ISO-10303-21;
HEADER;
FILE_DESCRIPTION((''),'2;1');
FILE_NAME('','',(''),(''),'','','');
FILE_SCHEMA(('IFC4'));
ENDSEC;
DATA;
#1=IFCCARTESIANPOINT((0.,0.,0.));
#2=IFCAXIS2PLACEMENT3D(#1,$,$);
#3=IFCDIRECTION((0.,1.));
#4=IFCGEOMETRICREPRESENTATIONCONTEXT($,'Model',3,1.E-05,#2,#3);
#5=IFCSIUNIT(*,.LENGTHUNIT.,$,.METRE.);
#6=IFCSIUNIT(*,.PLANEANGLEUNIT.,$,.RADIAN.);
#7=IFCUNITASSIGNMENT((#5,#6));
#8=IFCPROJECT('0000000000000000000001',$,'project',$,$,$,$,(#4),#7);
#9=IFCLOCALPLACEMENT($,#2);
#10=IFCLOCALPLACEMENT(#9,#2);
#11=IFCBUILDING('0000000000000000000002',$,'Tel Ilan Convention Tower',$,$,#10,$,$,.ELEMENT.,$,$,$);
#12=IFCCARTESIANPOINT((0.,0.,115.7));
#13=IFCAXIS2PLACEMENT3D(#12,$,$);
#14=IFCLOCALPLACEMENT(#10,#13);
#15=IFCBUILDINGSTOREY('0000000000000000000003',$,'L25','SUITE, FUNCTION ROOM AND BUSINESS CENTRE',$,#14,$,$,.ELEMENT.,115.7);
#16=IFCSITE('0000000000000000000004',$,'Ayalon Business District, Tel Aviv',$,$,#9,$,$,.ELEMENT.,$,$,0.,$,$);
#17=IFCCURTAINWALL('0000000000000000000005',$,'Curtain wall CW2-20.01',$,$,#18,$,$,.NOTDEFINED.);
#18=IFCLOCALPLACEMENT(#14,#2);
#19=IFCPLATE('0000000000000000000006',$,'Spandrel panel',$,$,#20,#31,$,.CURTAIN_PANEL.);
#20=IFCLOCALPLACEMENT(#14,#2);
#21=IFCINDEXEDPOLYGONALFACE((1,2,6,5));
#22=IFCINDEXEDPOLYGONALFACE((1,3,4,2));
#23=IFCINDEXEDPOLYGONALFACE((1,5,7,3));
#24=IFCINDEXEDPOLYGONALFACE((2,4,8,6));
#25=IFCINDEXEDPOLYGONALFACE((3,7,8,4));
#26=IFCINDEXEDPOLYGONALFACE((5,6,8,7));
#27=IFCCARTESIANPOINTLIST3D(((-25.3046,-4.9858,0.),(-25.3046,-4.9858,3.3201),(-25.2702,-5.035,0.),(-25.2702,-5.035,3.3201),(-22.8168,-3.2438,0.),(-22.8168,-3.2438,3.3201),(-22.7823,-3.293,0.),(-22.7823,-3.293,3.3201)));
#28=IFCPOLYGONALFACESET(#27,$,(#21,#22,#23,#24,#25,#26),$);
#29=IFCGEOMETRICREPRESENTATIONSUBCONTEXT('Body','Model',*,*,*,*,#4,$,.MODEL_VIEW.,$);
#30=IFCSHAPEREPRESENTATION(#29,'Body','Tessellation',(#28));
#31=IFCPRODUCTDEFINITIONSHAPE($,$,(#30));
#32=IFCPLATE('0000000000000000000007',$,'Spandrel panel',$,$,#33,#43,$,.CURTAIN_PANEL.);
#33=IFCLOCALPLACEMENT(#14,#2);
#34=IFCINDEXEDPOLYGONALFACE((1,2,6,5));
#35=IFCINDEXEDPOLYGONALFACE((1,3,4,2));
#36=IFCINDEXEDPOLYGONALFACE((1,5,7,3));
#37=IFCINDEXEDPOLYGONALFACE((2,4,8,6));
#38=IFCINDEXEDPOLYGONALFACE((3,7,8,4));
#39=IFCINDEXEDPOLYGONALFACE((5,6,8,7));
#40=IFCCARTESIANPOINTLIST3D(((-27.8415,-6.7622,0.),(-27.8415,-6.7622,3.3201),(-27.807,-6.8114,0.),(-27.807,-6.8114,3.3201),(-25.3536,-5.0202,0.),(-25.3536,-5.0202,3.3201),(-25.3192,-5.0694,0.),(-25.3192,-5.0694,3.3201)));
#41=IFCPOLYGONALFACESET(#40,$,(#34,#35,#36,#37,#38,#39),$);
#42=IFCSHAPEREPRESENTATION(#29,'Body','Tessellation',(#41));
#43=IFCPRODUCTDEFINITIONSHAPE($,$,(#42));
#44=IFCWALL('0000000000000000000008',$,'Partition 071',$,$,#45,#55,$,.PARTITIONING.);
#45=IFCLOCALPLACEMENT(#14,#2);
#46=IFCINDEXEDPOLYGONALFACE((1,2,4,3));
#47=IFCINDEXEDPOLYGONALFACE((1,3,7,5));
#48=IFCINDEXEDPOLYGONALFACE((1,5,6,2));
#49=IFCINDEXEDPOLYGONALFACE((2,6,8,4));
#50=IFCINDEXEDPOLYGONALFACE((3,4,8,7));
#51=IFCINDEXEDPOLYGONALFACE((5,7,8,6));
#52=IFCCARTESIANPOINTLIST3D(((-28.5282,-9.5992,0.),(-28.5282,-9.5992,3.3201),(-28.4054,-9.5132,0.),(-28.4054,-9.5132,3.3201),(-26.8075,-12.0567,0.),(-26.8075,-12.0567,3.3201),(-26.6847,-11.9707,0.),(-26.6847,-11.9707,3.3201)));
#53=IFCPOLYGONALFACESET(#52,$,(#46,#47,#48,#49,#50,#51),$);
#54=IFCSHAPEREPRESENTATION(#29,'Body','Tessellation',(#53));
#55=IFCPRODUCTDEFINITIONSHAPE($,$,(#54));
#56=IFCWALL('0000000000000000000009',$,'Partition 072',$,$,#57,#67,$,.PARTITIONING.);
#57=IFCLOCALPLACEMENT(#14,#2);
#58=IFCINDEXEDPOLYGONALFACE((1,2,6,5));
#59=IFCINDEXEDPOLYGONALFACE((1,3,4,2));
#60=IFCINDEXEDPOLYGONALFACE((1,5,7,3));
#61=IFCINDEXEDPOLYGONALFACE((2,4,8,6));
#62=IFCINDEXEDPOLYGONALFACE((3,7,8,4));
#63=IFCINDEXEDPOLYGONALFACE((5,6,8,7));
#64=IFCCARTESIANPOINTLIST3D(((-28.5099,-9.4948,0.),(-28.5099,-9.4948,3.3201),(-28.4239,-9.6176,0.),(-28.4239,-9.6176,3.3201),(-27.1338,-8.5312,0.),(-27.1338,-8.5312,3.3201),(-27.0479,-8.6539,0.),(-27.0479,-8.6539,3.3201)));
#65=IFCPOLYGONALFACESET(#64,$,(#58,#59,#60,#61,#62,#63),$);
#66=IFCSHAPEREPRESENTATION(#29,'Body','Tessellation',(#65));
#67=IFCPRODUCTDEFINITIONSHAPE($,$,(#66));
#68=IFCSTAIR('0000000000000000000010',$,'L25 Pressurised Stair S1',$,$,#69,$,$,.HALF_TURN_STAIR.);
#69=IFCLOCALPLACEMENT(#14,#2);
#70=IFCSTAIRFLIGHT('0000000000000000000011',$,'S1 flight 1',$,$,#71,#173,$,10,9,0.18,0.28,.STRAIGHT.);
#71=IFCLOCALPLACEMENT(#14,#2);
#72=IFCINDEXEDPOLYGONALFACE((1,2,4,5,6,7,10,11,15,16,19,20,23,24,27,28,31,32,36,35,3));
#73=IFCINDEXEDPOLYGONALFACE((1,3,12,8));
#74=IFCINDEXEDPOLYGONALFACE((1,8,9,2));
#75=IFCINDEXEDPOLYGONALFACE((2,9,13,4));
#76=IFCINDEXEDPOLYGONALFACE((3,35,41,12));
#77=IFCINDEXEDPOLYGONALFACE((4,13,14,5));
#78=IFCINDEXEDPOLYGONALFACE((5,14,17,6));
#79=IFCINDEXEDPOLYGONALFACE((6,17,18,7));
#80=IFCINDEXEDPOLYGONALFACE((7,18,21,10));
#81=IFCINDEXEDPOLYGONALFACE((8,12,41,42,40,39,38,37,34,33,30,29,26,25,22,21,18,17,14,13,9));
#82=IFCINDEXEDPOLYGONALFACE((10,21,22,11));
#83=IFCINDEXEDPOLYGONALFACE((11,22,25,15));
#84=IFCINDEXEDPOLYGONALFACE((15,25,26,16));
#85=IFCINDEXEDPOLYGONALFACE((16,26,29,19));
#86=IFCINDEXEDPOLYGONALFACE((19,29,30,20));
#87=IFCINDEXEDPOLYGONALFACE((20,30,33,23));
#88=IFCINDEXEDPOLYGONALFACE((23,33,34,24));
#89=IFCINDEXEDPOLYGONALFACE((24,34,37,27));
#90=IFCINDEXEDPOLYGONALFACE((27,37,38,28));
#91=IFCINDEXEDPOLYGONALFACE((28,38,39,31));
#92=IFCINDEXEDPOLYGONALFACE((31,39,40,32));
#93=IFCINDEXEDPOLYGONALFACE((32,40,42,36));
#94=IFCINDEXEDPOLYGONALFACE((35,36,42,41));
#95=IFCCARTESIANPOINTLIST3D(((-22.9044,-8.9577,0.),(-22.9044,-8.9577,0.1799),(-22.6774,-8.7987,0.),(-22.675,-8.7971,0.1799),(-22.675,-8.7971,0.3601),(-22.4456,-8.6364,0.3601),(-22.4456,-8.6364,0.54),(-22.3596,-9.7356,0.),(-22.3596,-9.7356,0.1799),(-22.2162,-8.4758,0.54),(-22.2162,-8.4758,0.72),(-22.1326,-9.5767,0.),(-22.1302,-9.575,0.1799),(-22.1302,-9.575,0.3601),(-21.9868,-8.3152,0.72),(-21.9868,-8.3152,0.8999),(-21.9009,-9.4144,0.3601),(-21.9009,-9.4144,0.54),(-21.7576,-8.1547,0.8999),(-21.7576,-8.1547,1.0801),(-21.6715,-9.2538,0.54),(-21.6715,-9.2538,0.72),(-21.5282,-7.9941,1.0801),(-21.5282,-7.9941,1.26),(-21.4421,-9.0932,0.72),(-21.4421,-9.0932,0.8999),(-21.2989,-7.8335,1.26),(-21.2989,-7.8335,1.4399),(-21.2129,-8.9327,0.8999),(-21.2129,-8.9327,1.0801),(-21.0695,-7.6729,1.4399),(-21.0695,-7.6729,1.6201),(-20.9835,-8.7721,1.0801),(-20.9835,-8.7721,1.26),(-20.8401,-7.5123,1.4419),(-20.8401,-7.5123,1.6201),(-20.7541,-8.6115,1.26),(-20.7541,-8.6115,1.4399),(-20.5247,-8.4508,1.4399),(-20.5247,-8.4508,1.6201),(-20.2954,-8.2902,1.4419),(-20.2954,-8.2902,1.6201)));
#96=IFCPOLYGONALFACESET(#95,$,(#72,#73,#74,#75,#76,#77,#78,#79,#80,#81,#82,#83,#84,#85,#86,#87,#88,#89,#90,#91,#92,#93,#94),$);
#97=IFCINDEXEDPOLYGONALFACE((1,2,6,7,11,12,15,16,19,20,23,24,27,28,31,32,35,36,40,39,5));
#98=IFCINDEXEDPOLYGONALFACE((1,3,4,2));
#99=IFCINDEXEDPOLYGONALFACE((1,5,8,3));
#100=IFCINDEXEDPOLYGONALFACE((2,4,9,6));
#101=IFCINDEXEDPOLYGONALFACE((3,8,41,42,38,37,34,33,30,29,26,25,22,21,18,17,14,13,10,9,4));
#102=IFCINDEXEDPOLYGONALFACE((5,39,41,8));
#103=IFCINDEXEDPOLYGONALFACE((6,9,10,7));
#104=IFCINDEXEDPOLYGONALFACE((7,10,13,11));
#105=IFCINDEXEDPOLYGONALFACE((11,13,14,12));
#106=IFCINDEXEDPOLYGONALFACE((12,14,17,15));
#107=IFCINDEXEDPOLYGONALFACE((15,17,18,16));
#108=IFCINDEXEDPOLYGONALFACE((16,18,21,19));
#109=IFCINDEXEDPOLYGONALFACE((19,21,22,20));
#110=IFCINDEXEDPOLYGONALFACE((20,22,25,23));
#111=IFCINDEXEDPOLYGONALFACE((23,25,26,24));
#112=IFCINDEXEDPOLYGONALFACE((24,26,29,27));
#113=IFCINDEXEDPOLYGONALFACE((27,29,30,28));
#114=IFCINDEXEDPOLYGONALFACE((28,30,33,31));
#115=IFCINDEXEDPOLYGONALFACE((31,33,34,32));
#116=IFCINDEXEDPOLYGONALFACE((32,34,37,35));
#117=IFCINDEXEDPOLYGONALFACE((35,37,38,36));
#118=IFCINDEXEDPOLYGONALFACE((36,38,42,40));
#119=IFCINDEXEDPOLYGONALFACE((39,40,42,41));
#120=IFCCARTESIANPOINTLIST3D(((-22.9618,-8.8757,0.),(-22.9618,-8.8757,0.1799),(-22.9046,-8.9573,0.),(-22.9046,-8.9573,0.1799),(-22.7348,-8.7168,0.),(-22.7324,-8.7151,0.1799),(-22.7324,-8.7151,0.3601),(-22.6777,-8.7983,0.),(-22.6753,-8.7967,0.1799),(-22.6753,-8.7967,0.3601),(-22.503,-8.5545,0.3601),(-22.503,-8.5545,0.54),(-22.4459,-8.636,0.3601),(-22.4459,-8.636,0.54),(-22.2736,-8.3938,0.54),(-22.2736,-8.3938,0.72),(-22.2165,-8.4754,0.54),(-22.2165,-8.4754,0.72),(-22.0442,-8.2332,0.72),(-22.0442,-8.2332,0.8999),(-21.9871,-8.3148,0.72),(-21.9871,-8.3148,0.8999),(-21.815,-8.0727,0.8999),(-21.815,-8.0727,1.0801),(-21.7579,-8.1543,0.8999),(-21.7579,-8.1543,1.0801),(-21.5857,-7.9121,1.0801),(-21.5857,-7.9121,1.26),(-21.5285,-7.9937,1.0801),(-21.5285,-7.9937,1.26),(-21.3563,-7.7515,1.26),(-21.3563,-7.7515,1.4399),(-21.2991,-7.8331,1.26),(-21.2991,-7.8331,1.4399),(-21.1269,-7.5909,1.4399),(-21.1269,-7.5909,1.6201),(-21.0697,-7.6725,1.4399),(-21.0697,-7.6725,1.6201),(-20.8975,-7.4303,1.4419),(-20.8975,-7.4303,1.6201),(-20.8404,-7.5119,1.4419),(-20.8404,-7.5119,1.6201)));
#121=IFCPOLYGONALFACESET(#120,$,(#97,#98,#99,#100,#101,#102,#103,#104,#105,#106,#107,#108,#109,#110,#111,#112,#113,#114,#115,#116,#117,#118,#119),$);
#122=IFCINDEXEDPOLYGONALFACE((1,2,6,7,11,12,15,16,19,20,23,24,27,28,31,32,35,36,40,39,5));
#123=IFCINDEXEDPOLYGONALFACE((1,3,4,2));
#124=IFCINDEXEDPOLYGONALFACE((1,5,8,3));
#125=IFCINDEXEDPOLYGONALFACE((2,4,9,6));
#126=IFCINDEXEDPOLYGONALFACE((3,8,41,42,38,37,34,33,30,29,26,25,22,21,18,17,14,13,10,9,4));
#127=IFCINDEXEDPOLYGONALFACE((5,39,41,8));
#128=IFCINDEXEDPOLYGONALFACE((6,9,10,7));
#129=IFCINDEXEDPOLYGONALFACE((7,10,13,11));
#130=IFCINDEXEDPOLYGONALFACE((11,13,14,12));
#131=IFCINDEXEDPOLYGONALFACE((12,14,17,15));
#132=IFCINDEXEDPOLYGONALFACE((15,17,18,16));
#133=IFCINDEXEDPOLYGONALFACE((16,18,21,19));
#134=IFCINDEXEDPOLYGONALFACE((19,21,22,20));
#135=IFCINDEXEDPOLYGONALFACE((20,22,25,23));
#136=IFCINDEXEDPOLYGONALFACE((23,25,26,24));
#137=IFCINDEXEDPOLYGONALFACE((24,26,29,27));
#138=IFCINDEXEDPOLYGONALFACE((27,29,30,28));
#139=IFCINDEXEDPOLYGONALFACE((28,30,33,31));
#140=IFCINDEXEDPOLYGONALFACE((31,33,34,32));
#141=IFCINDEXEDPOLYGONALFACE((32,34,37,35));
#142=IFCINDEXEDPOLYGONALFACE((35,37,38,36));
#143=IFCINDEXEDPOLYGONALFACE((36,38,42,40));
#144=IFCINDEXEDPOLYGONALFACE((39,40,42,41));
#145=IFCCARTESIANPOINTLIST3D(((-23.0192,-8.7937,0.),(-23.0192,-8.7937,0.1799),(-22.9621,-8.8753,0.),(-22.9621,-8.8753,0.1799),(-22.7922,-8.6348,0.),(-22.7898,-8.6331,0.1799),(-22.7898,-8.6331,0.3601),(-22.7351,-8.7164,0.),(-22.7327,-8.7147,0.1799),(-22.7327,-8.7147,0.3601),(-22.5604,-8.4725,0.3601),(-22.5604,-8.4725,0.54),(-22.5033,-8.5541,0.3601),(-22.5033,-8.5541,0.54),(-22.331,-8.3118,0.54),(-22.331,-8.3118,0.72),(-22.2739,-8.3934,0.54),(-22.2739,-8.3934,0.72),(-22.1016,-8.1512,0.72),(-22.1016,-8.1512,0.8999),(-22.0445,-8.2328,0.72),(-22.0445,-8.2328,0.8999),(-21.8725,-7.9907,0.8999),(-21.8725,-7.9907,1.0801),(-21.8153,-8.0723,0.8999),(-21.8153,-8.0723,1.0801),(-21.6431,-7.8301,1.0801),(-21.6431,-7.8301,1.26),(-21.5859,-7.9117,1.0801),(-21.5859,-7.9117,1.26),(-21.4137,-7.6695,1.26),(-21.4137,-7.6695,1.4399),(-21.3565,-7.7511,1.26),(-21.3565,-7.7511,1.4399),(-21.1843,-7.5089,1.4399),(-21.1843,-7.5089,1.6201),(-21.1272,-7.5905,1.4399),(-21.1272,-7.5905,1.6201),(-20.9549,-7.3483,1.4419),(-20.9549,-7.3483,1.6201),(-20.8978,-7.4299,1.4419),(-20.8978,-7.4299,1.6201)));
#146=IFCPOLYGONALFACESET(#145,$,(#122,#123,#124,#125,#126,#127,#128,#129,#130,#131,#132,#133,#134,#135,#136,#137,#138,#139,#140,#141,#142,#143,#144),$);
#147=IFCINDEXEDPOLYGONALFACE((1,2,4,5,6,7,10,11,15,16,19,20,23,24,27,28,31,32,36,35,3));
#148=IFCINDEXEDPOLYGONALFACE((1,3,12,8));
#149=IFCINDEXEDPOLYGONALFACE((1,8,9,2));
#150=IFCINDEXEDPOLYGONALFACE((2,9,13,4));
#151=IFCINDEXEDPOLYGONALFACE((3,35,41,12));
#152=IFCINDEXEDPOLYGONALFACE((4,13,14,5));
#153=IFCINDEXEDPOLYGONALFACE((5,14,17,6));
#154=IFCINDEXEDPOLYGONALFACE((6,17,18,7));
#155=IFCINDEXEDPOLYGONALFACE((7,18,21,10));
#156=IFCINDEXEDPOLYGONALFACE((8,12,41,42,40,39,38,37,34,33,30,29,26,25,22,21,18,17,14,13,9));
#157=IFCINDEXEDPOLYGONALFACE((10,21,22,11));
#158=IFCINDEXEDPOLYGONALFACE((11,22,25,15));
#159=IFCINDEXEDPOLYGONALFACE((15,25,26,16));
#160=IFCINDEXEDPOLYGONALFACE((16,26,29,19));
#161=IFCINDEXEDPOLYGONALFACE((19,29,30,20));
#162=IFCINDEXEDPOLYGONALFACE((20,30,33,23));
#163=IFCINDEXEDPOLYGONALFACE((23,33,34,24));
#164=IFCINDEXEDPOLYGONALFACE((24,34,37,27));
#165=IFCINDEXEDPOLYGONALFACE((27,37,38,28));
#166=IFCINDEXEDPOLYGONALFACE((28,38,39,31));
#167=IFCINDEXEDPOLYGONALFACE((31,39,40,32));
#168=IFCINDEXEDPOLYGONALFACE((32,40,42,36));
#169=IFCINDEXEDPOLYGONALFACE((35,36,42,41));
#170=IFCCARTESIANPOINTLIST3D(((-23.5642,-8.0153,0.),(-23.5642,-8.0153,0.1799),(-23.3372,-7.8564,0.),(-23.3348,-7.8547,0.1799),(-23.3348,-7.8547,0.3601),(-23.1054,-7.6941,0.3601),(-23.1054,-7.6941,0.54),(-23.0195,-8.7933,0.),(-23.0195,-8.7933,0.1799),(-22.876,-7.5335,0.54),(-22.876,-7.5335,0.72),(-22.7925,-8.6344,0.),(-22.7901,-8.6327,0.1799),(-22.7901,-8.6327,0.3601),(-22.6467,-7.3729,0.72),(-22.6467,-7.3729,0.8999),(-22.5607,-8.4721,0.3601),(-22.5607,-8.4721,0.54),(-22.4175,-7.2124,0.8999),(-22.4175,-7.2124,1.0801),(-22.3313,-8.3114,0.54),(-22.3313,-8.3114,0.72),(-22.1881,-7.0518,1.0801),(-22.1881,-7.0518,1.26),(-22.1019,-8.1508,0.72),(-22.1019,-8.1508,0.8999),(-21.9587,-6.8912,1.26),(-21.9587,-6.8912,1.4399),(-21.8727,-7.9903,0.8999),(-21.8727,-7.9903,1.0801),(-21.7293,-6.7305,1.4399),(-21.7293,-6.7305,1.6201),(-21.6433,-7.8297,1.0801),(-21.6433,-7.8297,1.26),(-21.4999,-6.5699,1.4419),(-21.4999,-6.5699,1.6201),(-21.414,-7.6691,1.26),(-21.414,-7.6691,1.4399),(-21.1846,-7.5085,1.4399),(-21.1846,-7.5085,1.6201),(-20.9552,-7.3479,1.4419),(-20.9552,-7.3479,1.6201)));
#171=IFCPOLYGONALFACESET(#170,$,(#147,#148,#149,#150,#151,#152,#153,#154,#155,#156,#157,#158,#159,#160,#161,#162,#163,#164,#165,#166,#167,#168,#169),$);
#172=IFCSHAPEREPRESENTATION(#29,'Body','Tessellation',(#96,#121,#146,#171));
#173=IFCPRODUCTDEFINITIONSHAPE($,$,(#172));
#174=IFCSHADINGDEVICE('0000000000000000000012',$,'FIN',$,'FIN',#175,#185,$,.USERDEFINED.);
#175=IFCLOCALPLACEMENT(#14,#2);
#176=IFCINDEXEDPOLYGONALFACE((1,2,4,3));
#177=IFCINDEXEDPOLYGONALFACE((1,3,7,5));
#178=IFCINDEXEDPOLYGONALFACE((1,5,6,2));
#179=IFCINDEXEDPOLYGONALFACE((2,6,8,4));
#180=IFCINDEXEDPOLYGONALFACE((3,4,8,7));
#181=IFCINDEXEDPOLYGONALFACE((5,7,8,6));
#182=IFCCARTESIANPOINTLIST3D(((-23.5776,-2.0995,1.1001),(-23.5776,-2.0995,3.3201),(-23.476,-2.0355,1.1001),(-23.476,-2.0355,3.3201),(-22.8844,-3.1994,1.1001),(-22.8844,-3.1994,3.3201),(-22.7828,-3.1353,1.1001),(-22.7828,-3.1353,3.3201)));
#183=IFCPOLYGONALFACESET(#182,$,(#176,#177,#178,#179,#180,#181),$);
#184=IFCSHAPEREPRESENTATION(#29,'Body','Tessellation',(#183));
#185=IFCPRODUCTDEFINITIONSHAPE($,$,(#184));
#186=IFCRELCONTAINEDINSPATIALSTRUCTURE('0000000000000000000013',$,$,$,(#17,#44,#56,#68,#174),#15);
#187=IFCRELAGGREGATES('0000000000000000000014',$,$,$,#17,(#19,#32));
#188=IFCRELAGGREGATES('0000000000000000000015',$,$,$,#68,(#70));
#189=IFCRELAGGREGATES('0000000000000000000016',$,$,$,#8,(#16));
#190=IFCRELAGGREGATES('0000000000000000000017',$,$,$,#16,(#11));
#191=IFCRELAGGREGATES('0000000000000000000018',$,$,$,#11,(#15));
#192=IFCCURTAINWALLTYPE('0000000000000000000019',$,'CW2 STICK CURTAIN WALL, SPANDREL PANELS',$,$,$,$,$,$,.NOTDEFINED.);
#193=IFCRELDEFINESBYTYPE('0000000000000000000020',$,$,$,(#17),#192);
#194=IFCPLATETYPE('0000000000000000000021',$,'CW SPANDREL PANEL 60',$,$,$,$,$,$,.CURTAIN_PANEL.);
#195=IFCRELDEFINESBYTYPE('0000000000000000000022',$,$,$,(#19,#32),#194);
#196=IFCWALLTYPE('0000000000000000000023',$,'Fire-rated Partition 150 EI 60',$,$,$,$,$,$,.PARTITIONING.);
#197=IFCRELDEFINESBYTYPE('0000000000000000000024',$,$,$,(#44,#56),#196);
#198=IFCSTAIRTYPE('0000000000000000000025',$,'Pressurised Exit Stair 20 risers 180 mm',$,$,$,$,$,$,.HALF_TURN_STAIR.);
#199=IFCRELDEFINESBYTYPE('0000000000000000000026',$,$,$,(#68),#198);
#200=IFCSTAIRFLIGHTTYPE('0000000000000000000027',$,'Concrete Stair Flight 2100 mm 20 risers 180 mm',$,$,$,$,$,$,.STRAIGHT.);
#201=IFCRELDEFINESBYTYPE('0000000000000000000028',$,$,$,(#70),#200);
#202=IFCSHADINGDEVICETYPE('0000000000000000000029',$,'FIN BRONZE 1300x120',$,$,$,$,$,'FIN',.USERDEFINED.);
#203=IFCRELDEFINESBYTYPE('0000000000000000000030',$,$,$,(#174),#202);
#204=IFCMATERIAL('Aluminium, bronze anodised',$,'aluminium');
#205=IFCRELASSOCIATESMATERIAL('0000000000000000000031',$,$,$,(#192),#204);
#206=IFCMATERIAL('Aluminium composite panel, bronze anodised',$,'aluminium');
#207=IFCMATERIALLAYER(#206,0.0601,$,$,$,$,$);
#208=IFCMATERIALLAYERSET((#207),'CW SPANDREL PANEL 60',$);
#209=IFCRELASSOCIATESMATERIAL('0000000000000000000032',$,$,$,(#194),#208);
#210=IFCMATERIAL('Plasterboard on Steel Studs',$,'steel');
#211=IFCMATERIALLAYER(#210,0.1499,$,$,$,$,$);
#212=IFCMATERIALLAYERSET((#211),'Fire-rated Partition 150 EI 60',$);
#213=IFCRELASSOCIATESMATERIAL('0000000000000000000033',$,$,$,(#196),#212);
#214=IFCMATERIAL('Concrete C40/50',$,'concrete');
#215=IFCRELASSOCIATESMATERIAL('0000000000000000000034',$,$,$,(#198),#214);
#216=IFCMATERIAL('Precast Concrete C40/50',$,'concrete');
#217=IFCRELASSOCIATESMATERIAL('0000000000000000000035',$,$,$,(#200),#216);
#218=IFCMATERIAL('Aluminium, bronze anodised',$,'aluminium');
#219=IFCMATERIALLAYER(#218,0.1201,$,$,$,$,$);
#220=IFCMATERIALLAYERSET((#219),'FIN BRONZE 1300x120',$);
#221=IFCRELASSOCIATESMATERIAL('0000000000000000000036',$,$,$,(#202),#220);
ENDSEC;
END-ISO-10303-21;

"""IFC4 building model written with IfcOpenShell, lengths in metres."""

from ifc_helpers import new_model, si_unit, direction, frame, frame_2d, origin, origin_2d, place, context, subcontext, project, spatial, polyline, rectangle, outline, extrude, material, layer, layer_set, type_object, element, aggregate, save


model = new_model("IFC4")

# Units and contexts
model_context = context("Model", 3, precision=1e-05, world=origin(), true_north=direction((0.0, 1.0)))
body_context = subcontext(model_context, "Body", "Model", "MODEL_VIEW")
ifc_project = project(units=[si_unit("LENGTHUNIT", "METRE"), si_unit("PLANEANGLEUNIT", "RADIAN")], contexts=[model_context])

# Site, building, storey
site_placement = place(None, origin())
site = spatial("IfcSite", under=ifc_project, at=site_placement, Name="Ayalon Business District, Tel Aviv", CompositionType="ELEMENT", RefElevation=0.0)
building_placement = place(site_placement, origin())
building = spatial("IfcBuilding", under=site, at=building_placement, Name="Tel Ilan Convention Tower", CompositionType="ELEMENT")
storey_placement = place(building_placement, frame((0.0, 0.0, 115.7)))
storey = spatial("IfcBuildingStorey", under=building, at=storey_placement, Name="L25", Description="SUITE, FUNCTION ROOM AND BUSINESS CENTRE", CompositionType="ELEMENT", Elevation=115.7)

# Curtain wall
ifc_material_1 = material(Name="Aluminium, bronze anodised", Category="aluminium")
curtain_wall_type_1 = type_object("IfcCurtainWallType", Name="CW2 STICK CURTAIN WALL, SPANDREL PANELS", PredefinedType="NOTDEFINED", material=ifc_material_1)
curtain_wall_1_placement = place(storey_placement, origin())
curtain_wall_1 = element("IfcCurtainWall", 1, at=curtain_wall_1_placement, inside=storey, type_object=curtain_wall_type_1, Name="Curtain wall CW2-20.01", PredefinedType="NOTDEFINED")

# Plates
ifc_material_2 = material(Name="Aluminium composite panel, bronze anodised", Category="aluminium")
ifc_layer_1 = layer(ifc_material_2, 0.0601)
ifc_layer_set_1 = layer_set([ifc_layer_1], Name="CW SPANDREL PANEL 60")
plate_type_1 = type_object("IfcPlateType", Name="CW SPANDREL PANEL 60", PredefinedType="CURTAIN_PANEL", material=ifc_layer_set_1)
plate_1_placement = place(storey_placement, frame((-24.0435, -4.1394, 0.0), z_axis=(0.0, 0.0, 1.0), x_axis=(-0.819152, -0.573576, 0.0)))
plate_1 = element("IfcPlate", 2, at=plate_1_placement, type_object=plate_type_1, Name="Spandrel panel", PredefinedType="CURTAIN_PANEL", context=body_context, shape_type="SweptSolid", body=[
    extrude(rectangle(XDim=3.0371, YDim=0.0601, at=origin_2d()), origin(), (0.0, 0.0, 1.0), 3.3201),
])
plate_2_placement = place(storey_placement, frame((-26.5803, -5.9158, 0.0), z_axis=(0.0, 0.0, 1.0), x_axis=(-0.819152, -0.573576, 0.0)))
plate_2 = element("IfcPlate", 3, at=plate_2_placement, type_object=plate_type_1, Name="Spandrel panel", PredefinedType="CURTAIN_PANEL", context=body_context, shape_type="SweptSolid", body=[
    extrude(rectangle(XDim=3.0371, YDim=0.0601, at=origin_2d()), origin(), (0.0, 0.0, 1.0), 3.3201),
])
aggregate(curtain_wall_1, [plate_1, plate_2])

# Walls
ifc_material_3 = material(Name="Plasterboard on Steel Studs", Category="steel")
ifc_layer_2 = layer(ifc_material_3, 0.1499)
ifc_layer_set_2 = layer_set([ifc_layer_2], Name="Fire-rated Partition 150 EI 60")
wall_type = type_object("IfcWallType", Name="Fire-rated Partition 150 EI 60", PredefinedType="PARTITIONING", material=ifc_layer_set_2)
wall_1_placement = place(storey_placement, frame((-26.7461, -12.0137, 0.0), z_axis=(0.0, 0.0, 1.0), x_axis=(-0.573561, 0.819163, 0.0)))
element("IfcWall", 4, at=wall_1_placement, inside=storey, type_object=wall_type, Name="Partition 071", PredefinedType="PARTITIONING", context=body_context, shape_type="SweptSolid", body=[
    extrude(rectangle(XDim=3.0, YDim=0.1499, at=frame_2d((1.5, 0.0))), origin(), (0.0, 0.0, 1.0), 3.3201),
])
wall_2_placement = place(storey_placement, frame((-28.4668, -9.5562, 0.0), z_axis=(0.0, 0.0, 1.0), x_axis=(0.819109, 0.573638, 0.0)))
element("IfcWall", 5, at=wall_2_placement, inside=storey, type_object=wall_type, Name="Partition 072", PredefinedType="PARTITIONING", context=body_context, shape_type="SweptSolid", body=[
    extrude(rectangle(XDim=1.6799, YDim=0.1499, at=frame_2d((0.8398, 0.0))), origin(), (0.0, 0.0, 1.0), 3.3201),
])

# Stair, stair flight
ifc_material_4 = material(Name="Concrete C40/50", Category="concrete")
stair_type = type_object("IfcStairType", Name="Pressurised Exit Stair 20 risers 180 mm", PredefinedType="HALF_TURN_STAIR", material=ifc_material_4)
stair_placement = place(storey_placement, origin())
stair = element("IfcStair", 6, at=stair_placement, inside=storey, type_object=stair_type, Name="L25 Pressurised Stair S1", PredefinedType="HALF_TURN_STAIR")
ifc_material_5 = material(Name="Precast Concrete C40/50", Category="concrete")
stair_flight_type = type_object("IfcStairFlightType", Name="Concrete Stair Flight 2100 mm 20 risers 180 mm", PredefinedType="STRAIGHT", material=ifc_material_5)
stair_flight_placement = place(storey_placement, frame((-22.9619, -8.8755, 0.0), z_axis=(0.0, 0.0, 1.0), x_axis=(0.819152, 0.573576, 0.0)))
stair_flight = element("IfcStairFlight", 7, at=stair_flight_placement, type_object=stair_flight_type, Name="S1 flight 1", NumberOfRisers=10, NumberOfTreads=9, PredefinedType="STRAIGHT", RiserHeight=0.18, TreadLength=0.28, context=body_context, shape_type="SweptSolid", body=[
    extrude(outline(polyline([(0.0, 0.0), (0.0, 0.1799), (0.28, 0.1799), (0.28, 0.3601), (0.5601, 0.3601), (0.5601, 0.54), (0.8401, 0.54), (0.8401, 0.72), (1.1201, 0.72), (1.1201, 0.8999), (1.3999, 0.8999), (1.3999, 1.0801), (1.6799, 1.0801), (1.6799, 1.26), (1.96, 1.26), (1.96, 1.4399), (2.24, 1.4399), (2.24, 1.6201), (2.52, 1.6201), (2.52, 1.8), (2.52, 1.4419), (0.2771, 0.0), (0.0, 0.0)])), frame((0.0, -0.1003, 0.0), z_axis=(0.0, -1.0, 0.0), x_axis=(1.0, 0.0, 0.0)), (0.0, 0.0, 1.0), 0.9497),
    extrude(outline(polyline([(0.0, 0.0), (0.0, 0.1799), (0.28, 0.1799), (0.28, 0.3601), (0.5601, 0.3601), (0.5601, 0.54), (0.8401, 0.54), (0.8401, 0.72), (1.1201, 0.72), (1.1201, 0.8999), (1.3999, 0.8999), (1.3999, 1.0801), (1.6799, 1.0801), (1.6799, 1.26), (1.96, 1.26), (1.96, 1.4399), (2.24, 1.4399), (2.24, 1.6201), (2.52, 1.6201), (2.52, 1.8), (2.52, 1.4419), (0.2771, 0.0), (0.0, 0.0)])), frame((0.0, -0.0002, 0.0), z_axis=(0.0, -1.0, 0.0), x_axis=(1.0, 0.0, 0.0)), (0.0, 0.0, 1.0), 0.0996),
    extrude(outline(polyline([(0.0, 0.0), (0.0, 0.1799), (0.28, 0.1799), (0.28, 0.3601), (0.5601, 0.3601), (0.5601, 0.54), (0.8401, 0.54), (0.8401, 0.72), (1.1201, 0.72), (1.1201, 0.8999), (1.3999, 0.8999), (1.3999, 1.0801), (1.6799, 1.0801), (1.6799, 1.26), (1.96, 1.26), (1.96, 1.4399), (2.24, 1.4399), (2.24, 1.6201), (2.52, 1.6201), (2.52, 1.8), (2.52, 1.4419), (0.2771, 0.0), (0.0, 0.0)])), frame((0.0, 0.0999, 0.0), z_axis=(0.0, -1.0, 0.0), x_axis=(1.0, 0.0, 0.0)), (0.0, 0.0, 1.0), 0.0996),
    extrude(outline(polyline([(0.0, 0.0), (0.0, 0.1799), (0.28, 0.1799), (0.28, 0.3601), (0.5601, 0.3601), (0.5601, 0.54), (0.8401, 0.54), (0.8401, 0.72), (1.1201, 0.72), (1.1201, 0.8999), (1.3999, 0.8999), (1.3999, 1.0801), (1.6799, 1.0801), (1.6799, 1.26), (1.96, 1.26), (1.96, 1.4399), (2.24, 1.4399), (2.24, 1.6201), (2.52, 1.6201), (2.52, 1.8), (2.52, 1.4419), (0.2771, 0.0), (0.0, 0.0)])), frame((0.0, 1.05, 0.0), z_axis=(0.0, -1.0, 0.0), x_axis=(1.0, 0.0, 0.0)), (0.0, 0.0, 1.0), 0.9497),
])
aggregate(stair, [stair_flight])

# Shading device
ifc_material_6 = material(Name="Aluminium, bronze anodised", Category="aluminium")
ifc_layer_3 = layer(ifc_material_6, 0.1201)
ifc_layer_set_3 = layer_set([ifc_layer_3], Name="FIN BRONZE 1300x120")
shading_device_type = type_object("IfcShadingDeviceType", Name="FIN BRONZE 1300x120", ElementType="FIN", PredefinedType="USERDEFINED", material=ifc_layer_set_3)
for number, where, z_axis, x_axis, name in (
    (8, (-23.1802, -2.6174, 1.1001), (0.0, 0.0, 1.0), (-0.533204, 0.845986, 0.0), "FIN"),
):
    element("IfcShadingDevice", number, at=place(storey_placement, frame(where, z_axis=z_axis, x_axis=x_axis)), inside=storey, type_object=shading_device_type, Name=name, ObjectType="FIN", PredefinedType="USERDEFINED", context=body_context, shape_type="SweptSolid", body=[
        extrude(rectangle(XDim=1.3, YDim=0.1201, at=origin_2d()), origin(), (0.0, 0.0, 1.0), 2.22),
    ])

save(model, "model.ifc")
